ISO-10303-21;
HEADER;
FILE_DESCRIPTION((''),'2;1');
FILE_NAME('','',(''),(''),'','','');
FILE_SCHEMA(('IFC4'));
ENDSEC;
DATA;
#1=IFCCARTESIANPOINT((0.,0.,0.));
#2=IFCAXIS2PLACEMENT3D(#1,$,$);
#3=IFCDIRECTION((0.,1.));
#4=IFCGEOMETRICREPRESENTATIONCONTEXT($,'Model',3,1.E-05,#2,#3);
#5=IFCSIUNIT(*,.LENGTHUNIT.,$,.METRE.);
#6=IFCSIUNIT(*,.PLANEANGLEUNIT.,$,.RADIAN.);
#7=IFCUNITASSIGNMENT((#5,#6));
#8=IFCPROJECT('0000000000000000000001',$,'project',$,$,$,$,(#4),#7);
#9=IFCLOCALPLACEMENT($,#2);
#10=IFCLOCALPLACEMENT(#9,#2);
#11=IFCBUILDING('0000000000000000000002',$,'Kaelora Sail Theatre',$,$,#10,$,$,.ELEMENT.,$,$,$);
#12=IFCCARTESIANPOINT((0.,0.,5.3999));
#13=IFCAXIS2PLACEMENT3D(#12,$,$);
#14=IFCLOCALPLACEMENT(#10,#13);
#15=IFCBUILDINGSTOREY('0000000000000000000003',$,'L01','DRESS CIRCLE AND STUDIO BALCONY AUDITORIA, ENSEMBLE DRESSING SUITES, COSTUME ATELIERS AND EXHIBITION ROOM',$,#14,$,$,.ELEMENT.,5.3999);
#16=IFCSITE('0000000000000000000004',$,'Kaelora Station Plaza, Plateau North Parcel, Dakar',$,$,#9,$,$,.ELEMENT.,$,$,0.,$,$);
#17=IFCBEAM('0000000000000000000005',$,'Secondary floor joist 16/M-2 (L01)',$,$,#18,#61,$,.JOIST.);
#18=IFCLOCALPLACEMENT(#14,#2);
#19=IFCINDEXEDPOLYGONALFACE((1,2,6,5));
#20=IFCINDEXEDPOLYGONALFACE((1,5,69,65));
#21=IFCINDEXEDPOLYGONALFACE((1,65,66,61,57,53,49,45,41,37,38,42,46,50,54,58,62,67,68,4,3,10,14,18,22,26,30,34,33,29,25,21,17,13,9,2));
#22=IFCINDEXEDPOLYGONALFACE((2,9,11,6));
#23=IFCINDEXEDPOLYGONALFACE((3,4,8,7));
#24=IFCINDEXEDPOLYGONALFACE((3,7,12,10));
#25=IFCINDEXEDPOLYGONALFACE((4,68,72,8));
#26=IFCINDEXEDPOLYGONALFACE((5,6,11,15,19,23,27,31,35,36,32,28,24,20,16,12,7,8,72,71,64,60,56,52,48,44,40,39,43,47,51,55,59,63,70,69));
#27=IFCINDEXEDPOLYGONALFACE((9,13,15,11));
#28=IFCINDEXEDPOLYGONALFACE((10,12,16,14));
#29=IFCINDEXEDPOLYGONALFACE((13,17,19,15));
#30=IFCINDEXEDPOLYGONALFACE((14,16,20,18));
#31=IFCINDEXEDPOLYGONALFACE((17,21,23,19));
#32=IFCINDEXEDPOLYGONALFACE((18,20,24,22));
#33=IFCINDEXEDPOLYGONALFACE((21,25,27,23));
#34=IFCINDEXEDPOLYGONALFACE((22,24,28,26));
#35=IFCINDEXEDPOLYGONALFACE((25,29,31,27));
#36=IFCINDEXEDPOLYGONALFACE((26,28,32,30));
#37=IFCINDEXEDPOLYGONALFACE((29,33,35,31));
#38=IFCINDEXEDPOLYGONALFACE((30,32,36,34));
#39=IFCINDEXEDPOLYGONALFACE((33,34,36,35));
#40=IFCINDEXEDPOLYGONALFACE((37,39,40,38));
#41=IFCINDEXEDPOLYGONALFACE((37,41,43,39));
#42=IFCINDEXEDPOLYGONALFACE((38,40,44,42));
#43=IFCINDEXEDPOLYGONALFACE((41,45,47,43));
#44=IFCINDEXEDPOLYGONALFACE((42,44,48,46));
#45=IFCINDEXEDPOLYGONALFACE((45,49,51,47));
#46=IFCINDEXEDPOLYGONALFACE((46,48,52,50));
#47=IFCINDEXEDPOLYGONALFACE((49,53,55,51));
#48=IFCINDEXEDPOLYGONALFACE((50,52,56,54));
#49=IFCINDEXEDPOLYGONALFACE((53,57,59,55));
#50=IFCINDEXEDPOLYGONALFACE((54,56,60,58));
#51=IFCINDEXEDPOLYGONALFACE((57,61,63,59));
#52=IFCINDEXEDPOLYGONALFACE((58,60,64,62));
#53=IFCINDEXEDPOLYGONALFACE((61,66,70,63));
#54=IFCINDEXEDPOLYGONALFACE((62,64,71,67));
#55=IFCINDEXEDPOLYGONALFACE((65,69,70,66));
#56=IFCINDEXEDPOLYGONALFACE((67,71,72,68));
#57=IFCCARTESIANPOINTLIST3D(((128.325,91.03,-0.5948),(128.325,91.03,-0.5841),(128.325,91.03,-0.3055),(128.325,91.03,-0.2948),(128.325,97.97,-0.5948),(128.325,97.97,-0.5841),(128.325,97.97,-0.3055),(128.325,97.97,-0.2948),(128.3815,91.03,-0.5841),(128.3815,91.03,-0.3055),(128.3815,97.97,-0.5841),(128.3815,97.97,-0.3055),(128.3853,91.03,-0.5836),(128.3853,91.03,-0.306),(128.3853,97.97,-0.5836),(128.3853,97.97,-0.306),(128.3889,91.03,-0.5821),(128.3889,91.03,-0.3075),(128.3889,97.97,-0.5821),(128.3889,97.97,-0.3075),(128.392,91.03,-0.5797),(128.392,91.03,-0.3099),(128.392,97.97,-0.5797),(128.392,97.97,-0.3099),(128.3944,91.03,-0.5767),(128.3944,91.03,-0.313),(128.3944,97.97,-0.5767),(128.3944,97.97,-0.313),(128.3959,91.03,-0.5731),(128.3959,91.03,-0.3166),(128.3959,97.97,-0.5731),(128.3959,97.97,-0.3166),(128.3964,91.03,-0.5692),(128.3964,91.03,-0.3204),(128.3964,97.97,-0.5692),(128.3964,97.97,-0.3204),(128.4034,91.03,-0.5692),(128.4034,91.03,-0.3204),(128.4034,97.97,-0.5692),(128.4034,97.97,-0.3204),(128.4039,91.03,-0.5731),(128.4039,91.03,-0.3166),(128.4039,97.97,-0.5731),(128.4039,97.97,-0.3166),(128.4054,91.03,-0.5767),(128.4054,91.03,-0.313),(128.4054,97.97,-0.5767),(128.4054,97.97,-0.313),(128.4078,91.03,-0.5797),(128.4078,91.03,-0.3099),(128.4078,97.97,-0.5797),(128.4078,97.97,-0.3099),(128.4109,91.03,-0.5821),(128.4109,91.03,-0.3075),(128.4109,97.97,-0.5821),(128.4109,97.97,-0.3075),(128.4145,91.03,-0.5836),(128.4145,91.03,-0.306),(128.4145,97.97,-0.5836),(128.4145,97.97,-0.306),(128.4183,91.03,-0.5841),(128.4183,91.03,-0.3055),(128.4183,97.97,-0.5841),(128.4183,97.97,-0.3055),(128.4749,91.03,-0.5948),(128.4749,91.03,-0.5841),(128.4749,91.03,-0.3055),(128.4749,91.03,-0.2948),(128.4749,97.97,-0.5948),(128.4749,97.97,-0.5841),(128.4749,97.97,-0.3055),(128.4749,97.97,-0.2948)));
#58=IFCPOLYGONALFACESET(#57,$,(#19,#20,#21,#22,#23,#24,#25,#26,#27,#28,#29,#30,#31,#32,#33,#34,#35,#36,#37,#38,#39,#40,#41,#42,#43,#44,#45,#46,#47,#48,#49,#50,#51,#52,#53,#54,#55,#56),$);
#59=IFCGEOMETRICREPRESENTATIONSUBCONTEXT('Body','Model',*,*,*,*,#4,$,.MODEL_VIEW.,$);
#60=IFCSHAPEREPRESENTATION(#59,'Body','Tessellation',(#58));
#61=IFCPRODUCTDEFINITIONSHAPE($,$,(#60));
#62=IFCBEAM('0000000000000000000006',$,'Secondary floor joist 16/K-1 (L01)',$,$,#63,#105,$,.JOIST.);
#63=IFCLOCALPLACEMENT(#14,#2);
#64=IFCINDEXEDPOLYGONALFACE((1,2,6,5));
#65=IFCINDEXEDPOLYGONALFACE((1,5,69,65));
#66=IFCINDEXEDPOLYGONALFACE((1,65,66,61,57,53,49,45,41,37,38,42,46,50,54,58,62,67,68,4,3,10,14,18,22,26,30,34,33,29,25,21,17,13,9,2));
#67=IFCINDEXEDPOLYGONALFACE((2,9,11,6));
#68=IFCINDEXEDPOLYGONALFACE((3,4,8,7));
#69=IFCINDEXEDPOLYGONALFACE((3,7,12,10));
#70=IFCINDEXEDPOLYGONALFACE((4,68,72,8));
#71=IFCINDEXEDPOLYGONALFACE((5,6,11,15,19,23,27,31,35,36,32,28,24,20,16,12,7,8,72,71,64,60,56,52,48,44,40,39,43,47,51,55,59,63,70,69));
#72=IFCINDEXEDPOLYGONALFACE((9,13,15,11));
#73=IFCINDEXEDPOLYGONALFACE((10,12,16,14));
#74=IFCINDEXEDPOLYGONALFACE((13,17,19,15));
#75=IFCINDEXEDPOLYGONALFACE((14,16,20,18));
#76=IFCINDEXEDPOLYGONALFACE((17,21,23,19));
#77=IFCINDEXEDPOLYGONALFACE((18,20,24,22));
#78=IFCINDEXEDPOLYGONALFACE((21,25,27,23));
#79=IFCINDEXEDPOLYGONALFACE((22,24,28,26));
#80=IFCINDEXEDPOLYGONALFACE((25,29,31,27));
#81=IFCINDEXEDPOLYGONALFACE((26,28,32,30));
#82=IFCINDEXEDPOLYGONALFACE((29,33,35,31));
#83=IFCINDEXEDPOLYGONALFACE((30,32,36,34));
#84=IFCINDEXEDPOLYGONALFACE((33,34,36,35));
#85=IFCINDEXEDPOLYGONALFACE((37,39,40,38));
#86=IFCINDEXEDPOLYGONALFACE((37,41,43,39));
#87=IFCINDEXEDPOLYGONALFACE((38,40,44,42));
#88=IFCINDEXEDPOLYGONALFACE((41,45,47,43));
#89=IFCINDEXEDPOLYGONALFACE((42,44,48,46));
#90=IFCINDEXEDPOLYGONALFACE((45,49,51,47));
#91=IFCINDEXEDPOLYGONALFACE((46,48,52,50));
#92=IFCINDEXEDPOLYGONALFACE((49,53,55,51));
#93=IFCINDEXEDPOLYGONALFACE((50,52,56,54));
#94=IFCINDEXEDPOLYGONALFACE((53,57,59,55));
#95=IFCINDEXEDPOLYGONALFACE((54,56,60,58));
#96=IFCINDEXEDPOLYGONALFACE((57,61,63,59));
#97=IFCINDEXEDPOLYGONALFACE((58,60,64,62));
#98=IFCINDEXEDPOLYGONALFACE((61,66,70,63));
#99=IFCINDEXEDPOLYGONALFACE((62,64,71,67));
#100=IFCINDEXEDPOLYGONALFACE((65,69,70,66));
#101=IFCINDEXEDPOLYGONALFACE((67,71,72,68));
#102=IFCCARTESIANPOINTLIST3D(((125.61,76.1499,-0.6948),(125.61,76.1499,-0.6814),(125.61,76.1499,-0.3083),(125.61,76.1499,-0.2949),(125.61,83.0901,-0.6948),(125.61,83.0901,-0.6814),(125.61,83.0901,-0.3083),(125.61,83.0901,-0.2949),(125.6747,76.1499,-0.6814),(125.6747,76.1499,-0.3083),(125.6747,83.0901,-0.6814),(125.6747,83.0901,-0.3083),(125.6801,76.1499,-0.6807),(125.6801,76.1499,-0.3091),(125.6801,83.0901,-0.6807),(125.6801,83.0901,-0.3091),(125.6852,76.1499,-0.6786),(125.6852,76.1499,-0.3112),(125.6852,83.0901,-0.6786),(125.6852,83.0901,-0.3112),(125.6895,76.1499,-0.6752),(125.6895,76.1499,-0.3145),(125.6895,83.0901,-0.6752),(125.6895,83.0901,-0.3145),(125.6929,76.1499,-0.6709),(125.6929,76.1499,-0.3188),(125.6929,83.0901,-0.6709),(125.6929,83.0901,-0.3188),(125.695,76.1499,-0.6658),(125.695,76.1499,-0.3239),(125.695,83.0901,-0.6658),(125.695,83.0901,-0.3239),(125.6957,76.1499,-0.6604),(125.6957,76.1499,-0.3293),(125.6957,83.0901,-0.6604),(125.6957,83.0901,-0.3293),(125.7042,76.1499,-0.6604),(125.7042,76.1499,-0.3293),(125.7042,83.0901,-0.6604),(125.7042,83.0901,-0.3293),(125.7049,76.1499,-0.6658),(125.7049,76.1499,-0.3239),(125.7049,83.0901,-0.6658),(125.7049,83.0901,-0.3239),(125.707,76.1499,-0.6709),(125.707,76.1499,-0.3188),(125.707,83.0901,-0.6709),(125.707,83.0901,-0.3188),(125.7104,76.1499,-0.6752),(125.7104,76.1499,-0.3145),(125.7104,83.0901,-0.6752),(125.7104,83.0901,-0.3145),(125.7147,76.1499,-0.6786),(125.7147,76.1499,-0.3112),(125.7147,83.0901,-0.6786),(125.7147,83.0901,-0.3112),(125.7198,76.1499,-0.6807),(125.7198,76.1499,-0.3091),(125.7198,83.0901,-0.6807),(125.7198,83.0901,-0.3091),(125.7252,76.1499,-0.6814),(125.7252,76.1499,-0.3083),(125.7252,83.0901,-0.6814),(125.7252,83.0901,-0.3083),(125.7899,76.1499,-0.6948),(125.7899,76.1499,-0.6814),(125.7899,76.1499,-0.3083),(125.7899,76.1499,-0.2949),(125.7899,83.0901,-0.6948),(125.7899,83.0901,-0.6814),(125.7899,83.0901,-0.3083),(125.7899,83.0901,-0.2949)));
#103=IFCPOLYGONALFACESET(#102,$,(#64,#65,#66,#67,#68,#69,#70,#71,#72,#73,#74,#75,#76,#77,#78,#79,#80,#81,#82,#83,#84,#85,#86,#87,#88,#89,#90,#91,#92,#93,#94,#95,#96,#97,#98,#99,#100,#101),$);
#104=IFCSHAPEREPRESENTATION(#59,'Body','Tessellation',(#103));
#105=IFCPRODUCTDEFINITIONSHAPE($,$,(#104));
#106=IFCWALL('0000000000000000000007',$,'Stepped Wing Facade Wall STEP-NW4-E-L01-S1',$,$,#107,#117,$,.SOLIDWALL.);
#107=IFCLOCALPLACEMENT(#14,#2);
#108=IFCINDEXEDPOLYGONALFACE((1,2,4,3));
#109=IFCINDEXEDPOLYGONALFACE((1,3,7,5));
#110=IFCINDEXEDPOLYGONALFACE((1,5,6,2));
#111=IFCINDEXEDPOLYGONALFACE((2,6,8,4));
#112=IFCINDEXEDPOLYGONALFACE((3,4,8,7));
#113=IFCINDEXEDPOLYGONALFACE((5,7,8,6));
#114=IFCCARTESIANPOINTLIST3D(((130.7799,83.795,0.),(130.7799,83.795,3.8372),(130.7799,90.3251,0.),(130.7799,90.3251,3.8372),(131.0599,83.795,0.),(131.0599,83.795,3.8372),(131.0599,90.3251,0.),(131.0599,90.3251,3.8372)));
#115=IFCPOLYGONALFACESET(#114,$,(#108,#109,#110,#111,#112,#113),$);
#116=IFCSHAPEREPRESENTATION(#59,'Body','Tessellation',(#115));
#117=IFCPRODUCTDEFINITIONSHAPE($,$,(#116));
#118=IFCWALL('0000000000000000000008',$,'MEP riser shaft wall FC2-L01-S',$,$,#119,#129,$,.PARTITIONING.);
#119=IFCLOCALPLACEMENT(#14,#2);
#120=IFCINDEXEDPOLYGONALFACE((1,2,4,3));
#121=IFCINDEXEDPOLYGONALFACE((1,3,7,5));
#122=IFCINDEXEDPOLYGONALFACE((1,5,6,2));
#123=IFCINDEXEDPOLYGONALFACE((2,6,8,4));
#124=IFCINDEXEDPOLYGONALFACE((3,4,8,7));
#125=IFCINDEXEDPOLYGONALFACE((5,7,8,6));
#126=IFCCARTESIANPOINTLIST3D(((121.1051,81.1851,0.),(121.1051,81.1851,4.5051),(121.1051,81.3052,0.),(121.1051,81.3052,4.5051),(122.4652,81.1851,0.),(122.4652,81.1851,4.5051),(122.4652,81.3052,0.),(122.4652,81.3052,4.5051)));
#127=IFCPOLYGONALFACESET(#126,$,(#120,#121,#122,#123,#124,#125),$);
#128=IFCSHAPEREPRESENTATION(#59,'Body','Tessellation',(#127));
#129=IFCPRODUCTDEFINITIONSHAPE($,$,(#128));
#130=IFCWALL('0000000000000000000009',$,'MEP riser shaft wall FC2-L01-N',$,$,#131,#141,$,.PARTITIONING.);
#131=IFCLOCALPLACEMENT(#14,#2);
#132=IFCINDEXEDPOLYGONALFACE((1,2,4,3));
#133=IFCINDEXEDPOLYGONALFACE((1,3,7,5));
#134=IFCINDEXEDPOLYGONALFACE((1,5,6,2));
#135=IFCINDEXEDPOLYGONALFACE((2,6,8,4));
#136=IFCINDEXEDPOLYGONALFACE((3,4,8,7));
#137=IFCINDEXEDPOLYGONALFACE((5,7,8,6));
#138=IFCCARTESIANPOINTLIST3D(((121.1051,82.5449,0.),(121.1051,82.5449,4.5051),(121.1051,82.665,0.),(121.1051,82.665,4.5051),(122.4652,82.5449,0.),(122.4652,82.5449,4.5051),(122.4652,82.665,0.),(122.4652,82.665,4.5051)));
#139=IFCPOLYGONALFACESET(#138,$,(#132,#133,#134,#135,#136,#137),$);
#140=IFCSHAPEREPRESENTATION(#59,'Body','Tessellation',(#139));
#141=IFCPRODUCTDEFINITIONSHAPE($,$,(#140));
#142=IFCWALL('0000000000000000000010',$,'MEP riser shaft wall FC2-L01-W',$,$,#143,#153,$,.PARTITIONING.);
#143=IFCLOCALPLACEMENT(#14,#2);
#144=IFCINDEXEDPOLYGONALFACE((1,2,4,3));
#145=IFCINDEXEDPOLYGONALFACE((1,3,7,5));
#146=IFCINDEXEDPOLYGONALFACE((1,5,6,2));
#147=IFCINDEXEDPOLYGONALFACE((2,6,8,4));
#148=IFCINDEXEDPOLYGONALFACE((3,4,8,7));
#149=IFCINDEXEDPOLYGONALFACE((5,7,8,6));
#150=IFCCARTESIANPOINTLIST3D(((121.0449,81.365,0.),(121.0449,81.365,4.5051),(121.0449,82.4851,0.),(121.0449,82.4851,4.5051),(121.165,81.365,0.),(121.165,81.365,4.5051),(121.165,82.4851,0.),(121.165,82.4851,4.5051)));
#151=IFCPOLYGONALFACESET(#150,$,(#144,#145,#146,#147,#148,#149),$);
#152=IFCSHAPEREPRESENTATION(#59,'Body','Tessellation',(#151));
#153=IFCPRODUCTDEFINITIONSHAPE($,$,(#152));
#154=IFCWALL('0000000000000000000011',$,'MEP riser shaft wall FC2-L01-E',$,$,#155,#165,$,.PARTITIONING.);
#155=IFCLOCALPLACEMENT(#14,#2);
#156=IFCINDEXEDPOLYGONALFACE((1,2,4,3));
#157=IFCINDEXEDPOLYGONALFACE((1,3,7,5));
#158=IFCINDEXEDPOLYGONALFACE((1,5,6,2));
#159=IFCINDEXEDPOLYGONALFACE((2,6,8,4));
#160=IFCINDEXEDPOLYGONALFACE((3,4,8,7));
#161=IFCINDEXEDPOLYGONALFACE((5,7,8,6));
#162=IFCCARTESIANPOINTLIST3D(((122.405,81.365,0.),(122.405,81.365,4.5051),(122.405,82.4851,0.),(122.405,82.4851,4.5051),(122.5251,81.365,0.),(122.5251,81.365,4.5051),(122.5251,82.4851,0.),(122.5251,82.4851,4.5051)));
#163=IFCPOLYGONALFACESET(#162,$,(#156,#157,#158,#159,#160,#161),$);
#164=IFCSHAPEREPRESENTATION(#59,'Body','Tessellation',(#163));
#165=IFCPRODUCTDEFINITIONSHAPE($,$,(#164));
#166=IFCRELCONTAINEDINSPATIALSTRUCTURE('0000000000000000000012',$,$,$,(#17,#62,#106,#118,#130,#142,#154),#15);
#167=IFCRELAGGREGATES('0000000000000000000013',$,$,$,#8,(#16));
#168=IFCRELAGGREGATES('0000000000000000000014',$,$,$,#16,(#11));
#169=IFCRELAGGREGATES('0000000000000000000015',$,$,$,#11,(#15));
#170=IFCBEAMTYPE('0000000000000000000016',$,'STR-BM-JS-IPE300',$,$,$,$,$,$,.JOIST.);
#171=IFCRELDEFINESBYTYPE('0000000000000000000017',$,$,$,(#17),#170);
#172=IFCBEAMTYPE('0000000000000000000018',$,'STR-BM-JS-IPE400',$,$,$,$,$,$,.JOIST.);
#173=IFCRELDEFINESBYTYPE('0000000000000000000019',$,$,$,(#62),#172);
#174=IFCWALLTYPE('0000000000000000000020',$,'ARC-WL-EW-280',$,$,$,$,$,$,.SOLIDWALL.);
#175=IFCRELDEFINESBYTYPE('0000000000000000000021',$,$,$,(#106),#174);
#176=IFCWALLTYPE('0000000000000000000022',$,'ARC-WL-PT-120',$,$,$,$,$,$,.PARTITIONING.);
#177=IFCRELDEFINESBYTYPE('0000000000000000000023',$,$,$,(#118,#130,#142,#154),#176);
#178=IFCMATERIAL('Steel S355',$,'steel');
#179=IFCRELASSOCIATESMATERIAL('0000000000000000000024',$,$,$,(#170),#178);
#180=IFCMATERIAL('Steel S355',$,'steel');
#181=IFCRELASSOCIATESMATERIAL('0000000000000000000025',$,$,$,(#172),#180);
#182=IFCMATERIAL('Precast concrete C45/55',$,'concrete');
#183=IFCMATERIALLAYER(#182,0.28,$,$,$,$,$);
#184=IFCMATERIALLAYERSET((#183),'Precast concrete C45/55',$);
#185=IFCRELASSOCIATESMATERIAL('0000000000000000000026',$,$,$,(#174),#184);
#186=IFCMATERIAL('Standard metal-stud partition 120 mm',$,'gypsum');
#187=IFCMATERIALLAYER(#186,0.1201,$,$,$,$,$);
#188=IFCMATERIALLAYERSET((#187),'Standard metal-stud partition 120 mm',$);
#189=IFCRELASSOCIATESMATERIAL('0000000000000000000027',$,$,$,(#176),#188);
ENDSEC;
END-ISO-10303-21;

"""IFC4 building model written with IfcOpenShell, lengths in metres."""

from ifc_helpers import new_model, si_unit, direction, frame, frame_2d, origin, origin_2d, place, context, subcontext, project, spatial, rectangle, i_section, extrude, material, layer, layer_set, material_profile, profile_set, type_object, element, save


model = new_model("IFC4")

# Units and contexts
model_context = context("Model", 3, precision=1e-05, world=origin(), true_north=direction((0.0, 1.0)))
body_context = subcontext(model_context, "Body", "Model", "MODEL_VIEW")
ifc_project = project(units=[si_unit("LENGTHUNIT", "METRE"), si_unit("PLANEANGLEUNIT", "RADIAN")], contexts=[model_context])

# Site, building, storey
site_placement = place(None, origin())
site = spatial("IfcSite", under=ifc_project, at=site_placement, Name="Kaelora Station Plaza, Plateau North Parcel, Dakar", CompositionType="ELEMENT", RefElevation=0.0)
building_placement = place(site_placement, origin())
building = spatial("IfcBuilding", under=site, at=building_placement, Name="Kaelora Sail Theatre", CompositionType="ELEMENT")
storey_placement = place(building_placement, frame((0.0, 0.0, 5.3999)))
storey = spatial("IfcBuildingStorey", under=building, at=storey_placement, Name="L01", Description="DRESS CIRCLE AND STUDIO BALCONY AUDITORIA, ENSEMBLE DRESSING SUITES, COSTUME ATELIERS AND EXHIBITION ROOM", CompositionType="ELEMENT", Elevation=5.3999)

# Beams
ifc_material_1 = material(Name="Steel S355", Category="steel")
ifc_material_profile_1 = material_profile(ifc_material_1, i_section(OverallWidth=0.1499, OverallDepth=0.3, WebThickness=0.0071, FlangeThickness=0.0107, FilletRadius=0.0149, at=origin_2d()), Name="IPE 300")
ifc_profile_set_1 = profile_set([ifc_material_profile_1], Name="Steel S355")
beam_type_1 = type_object("IfcBeamType", Name="STR-BM-JS-IPE300", PredefinedType="JOIST", material=ifc_profile_set_1)
beam_1_placement = place(storey_placement, frame((128.3999, 91.03, -0.4448), z_axis=(0.0, 1.0, 0.0), x_axis=(-1.0, 0.0, 0.0)))
element("IfcBeam", 1, at=beam_1_placement, inside=storey, type_object=beam_type_1, Name="Secondary floor joist 16/M-2 (L01)", PredefinedType="JOIST", context=body_context, shape_type="SweptSolid", body=[
    extrude(i_section(OverallWidth=0.1499, OverallDepth=0.3, WebThickness=0.0071, FlangeThickness=0.0107, FilletRadius=0.0149, at=origin_2d()), origin(), (0.0, 0.0, 1.0), 6.9399),
])
ifc_material_2 = material(Name="Steel S355", Category="steel")
ifc_material_profile_2 = material_profile(ifc_material_2, i_section(OverallWidth=0.1799, OverallDepth=0.3999, WebThickness=0.0085, FlangeThickness=0.0134, FilletRadius=0.021, at=origin_2d()), Name="IPE 400")
ifc_profile_set_2 = profile_set([ifc_material_profile_2], Name="Steel S355")
beam_type_2 = type_object("IfcBeamType", Name="STR-BM-JS-IPE400", PredefinedType="JOIST", material=ifc_profile_set_2)
beam_2_placement = place(storey_placement, frame((125.7, 76.1499, -0.4949), z_axis=(0.0, 1.0, 0.0), x_axis=(-1.0, 0.0, 0.0)))
element("IfcBeam", 2, at=beam_2_placement, inside=storey, type_object=beam_type_2, Name="Secondary floor joist 16/K-1 (L01)", PredefinedType="JOIST", context=body_context, shape_type="SweptSolid", body=[
    extrude(i_section(OverallWidth=0.1799, OverallDepth=0.3999, WebThickness=0.0085, FlangeThickness=0.0134, FilletRadius=0.021, at=origin_2d()), origin(), (0.0, 0.0, 1.0), 6.9402),
])

# Walls
ifc_material_3 = material(Name="Precast concrete C45/55", Category="concrete")
ifc_layer_1 = layer(ifc_material_3, 0.28)
ifc_layer_set_1 = layer_set([ifc_layer_1], Name="Precast concrete C45/55")
wall_type_1 = type_object("IfcWallType", Name="ARC-WL-EW-280", PredefinedType="SOLIDWALL", material=ifc_layer_set_1)
wall_placement = place(storey_placement, frame((130.9199, 83.7949, 0.0), z_axis=(0.0, 0.0, 1.0), x_axis=(0.0, 1.0, 0.0)))
element("IfcWall", 3, at=wall_placement, inside=storey, type_object=wall_type_1, Name="Stepped Wing Facade Wall STEP-NW4-E-L01-S1", PredefinedType="SOLIDWALL", context=body_context, shape_type="SweptSolid", body=[
    extrude(rectangle(XDim=6.53, YDim=0.28, at=frame_2d((3.2651, 0.0))), origin(), (0.0, 0.0, 1.0), 3.8372),
])
ifc_material_4 = material(Name="Standard metal-stud partition 120 mm", Category="gypsum")
ifc_layer_2 = layer(ifc_material_4, 0.1201)
ifc_layer_set_2 = layer_set([ifc_layer_2], Name="Standard metal-stud partition 120 mm")
wall_type_2 = type_object("IfcWallType", Name="ARC-WL-PT-120", PredefinedType="PARTITIONING", material=ifc_layer_set_2)
for number, where, z_axis, x_axis, name in (
    (4, (121.105, 81.2451, 0.0), (0.0, 0.0, 1.0), (1.0, 0.0, 0.0), "MEP riser shaft wall FC2-L01-S"),
    (5, (121.105, 82.605, 0.0), (0.0, 0.0, 1.0), (1.0, 0.0, 0.0), "MEP riser shaft wall FC2-L01-N"),
):
    element("IfcWall", number, at=place(storey_placement, frame(where, z_axis=z_axis, x_axis=x_axis)), inside=storey, type_object=wall_type_2, Name=name, PredefinedType="PARTITIONING", context=body_context, shape_type="SweptSolid", body=[
        extrude(rectangle(XDim=1.3601, YDim=0.1201, at=frame_2d((0.6802, 0.0))), origin(), (0.0, 0.0, 1.0), 4.5051),
    ])
for number, where, z_axis, x_axis, name in (
    (6, (121.105, 81.365, 0.0), (0.0, 0.0, 1.0), (0.0, 1.0, 0.0), "MEP riser shaft wall FC2-L01-W"),
    (7, (122.4651, 81.365, 0.0), (0.0, 0.0, 1.0), (0.0, 1.0, 0.0), "MEP riser shaft wall FC2-L01-E"),
):
    element("IfcWall", number, at=place(storey_placement, frame(where, z_axis=z_axis, x_axis=x_axis)), inside=storey, type_object=wall_type_2, Name=name, PredefinedType="PARTITIONING", context=body_context, shape_type="SweptSolid", body=[
        extrude(rectangle(XDim=1.1201, YDim=0.1201, at=frame_2d((0.5601, 0.0))), origin(), (0.0, 0.0, 1.0), 4.5051),
    ])

save(model, "model.ifc")
